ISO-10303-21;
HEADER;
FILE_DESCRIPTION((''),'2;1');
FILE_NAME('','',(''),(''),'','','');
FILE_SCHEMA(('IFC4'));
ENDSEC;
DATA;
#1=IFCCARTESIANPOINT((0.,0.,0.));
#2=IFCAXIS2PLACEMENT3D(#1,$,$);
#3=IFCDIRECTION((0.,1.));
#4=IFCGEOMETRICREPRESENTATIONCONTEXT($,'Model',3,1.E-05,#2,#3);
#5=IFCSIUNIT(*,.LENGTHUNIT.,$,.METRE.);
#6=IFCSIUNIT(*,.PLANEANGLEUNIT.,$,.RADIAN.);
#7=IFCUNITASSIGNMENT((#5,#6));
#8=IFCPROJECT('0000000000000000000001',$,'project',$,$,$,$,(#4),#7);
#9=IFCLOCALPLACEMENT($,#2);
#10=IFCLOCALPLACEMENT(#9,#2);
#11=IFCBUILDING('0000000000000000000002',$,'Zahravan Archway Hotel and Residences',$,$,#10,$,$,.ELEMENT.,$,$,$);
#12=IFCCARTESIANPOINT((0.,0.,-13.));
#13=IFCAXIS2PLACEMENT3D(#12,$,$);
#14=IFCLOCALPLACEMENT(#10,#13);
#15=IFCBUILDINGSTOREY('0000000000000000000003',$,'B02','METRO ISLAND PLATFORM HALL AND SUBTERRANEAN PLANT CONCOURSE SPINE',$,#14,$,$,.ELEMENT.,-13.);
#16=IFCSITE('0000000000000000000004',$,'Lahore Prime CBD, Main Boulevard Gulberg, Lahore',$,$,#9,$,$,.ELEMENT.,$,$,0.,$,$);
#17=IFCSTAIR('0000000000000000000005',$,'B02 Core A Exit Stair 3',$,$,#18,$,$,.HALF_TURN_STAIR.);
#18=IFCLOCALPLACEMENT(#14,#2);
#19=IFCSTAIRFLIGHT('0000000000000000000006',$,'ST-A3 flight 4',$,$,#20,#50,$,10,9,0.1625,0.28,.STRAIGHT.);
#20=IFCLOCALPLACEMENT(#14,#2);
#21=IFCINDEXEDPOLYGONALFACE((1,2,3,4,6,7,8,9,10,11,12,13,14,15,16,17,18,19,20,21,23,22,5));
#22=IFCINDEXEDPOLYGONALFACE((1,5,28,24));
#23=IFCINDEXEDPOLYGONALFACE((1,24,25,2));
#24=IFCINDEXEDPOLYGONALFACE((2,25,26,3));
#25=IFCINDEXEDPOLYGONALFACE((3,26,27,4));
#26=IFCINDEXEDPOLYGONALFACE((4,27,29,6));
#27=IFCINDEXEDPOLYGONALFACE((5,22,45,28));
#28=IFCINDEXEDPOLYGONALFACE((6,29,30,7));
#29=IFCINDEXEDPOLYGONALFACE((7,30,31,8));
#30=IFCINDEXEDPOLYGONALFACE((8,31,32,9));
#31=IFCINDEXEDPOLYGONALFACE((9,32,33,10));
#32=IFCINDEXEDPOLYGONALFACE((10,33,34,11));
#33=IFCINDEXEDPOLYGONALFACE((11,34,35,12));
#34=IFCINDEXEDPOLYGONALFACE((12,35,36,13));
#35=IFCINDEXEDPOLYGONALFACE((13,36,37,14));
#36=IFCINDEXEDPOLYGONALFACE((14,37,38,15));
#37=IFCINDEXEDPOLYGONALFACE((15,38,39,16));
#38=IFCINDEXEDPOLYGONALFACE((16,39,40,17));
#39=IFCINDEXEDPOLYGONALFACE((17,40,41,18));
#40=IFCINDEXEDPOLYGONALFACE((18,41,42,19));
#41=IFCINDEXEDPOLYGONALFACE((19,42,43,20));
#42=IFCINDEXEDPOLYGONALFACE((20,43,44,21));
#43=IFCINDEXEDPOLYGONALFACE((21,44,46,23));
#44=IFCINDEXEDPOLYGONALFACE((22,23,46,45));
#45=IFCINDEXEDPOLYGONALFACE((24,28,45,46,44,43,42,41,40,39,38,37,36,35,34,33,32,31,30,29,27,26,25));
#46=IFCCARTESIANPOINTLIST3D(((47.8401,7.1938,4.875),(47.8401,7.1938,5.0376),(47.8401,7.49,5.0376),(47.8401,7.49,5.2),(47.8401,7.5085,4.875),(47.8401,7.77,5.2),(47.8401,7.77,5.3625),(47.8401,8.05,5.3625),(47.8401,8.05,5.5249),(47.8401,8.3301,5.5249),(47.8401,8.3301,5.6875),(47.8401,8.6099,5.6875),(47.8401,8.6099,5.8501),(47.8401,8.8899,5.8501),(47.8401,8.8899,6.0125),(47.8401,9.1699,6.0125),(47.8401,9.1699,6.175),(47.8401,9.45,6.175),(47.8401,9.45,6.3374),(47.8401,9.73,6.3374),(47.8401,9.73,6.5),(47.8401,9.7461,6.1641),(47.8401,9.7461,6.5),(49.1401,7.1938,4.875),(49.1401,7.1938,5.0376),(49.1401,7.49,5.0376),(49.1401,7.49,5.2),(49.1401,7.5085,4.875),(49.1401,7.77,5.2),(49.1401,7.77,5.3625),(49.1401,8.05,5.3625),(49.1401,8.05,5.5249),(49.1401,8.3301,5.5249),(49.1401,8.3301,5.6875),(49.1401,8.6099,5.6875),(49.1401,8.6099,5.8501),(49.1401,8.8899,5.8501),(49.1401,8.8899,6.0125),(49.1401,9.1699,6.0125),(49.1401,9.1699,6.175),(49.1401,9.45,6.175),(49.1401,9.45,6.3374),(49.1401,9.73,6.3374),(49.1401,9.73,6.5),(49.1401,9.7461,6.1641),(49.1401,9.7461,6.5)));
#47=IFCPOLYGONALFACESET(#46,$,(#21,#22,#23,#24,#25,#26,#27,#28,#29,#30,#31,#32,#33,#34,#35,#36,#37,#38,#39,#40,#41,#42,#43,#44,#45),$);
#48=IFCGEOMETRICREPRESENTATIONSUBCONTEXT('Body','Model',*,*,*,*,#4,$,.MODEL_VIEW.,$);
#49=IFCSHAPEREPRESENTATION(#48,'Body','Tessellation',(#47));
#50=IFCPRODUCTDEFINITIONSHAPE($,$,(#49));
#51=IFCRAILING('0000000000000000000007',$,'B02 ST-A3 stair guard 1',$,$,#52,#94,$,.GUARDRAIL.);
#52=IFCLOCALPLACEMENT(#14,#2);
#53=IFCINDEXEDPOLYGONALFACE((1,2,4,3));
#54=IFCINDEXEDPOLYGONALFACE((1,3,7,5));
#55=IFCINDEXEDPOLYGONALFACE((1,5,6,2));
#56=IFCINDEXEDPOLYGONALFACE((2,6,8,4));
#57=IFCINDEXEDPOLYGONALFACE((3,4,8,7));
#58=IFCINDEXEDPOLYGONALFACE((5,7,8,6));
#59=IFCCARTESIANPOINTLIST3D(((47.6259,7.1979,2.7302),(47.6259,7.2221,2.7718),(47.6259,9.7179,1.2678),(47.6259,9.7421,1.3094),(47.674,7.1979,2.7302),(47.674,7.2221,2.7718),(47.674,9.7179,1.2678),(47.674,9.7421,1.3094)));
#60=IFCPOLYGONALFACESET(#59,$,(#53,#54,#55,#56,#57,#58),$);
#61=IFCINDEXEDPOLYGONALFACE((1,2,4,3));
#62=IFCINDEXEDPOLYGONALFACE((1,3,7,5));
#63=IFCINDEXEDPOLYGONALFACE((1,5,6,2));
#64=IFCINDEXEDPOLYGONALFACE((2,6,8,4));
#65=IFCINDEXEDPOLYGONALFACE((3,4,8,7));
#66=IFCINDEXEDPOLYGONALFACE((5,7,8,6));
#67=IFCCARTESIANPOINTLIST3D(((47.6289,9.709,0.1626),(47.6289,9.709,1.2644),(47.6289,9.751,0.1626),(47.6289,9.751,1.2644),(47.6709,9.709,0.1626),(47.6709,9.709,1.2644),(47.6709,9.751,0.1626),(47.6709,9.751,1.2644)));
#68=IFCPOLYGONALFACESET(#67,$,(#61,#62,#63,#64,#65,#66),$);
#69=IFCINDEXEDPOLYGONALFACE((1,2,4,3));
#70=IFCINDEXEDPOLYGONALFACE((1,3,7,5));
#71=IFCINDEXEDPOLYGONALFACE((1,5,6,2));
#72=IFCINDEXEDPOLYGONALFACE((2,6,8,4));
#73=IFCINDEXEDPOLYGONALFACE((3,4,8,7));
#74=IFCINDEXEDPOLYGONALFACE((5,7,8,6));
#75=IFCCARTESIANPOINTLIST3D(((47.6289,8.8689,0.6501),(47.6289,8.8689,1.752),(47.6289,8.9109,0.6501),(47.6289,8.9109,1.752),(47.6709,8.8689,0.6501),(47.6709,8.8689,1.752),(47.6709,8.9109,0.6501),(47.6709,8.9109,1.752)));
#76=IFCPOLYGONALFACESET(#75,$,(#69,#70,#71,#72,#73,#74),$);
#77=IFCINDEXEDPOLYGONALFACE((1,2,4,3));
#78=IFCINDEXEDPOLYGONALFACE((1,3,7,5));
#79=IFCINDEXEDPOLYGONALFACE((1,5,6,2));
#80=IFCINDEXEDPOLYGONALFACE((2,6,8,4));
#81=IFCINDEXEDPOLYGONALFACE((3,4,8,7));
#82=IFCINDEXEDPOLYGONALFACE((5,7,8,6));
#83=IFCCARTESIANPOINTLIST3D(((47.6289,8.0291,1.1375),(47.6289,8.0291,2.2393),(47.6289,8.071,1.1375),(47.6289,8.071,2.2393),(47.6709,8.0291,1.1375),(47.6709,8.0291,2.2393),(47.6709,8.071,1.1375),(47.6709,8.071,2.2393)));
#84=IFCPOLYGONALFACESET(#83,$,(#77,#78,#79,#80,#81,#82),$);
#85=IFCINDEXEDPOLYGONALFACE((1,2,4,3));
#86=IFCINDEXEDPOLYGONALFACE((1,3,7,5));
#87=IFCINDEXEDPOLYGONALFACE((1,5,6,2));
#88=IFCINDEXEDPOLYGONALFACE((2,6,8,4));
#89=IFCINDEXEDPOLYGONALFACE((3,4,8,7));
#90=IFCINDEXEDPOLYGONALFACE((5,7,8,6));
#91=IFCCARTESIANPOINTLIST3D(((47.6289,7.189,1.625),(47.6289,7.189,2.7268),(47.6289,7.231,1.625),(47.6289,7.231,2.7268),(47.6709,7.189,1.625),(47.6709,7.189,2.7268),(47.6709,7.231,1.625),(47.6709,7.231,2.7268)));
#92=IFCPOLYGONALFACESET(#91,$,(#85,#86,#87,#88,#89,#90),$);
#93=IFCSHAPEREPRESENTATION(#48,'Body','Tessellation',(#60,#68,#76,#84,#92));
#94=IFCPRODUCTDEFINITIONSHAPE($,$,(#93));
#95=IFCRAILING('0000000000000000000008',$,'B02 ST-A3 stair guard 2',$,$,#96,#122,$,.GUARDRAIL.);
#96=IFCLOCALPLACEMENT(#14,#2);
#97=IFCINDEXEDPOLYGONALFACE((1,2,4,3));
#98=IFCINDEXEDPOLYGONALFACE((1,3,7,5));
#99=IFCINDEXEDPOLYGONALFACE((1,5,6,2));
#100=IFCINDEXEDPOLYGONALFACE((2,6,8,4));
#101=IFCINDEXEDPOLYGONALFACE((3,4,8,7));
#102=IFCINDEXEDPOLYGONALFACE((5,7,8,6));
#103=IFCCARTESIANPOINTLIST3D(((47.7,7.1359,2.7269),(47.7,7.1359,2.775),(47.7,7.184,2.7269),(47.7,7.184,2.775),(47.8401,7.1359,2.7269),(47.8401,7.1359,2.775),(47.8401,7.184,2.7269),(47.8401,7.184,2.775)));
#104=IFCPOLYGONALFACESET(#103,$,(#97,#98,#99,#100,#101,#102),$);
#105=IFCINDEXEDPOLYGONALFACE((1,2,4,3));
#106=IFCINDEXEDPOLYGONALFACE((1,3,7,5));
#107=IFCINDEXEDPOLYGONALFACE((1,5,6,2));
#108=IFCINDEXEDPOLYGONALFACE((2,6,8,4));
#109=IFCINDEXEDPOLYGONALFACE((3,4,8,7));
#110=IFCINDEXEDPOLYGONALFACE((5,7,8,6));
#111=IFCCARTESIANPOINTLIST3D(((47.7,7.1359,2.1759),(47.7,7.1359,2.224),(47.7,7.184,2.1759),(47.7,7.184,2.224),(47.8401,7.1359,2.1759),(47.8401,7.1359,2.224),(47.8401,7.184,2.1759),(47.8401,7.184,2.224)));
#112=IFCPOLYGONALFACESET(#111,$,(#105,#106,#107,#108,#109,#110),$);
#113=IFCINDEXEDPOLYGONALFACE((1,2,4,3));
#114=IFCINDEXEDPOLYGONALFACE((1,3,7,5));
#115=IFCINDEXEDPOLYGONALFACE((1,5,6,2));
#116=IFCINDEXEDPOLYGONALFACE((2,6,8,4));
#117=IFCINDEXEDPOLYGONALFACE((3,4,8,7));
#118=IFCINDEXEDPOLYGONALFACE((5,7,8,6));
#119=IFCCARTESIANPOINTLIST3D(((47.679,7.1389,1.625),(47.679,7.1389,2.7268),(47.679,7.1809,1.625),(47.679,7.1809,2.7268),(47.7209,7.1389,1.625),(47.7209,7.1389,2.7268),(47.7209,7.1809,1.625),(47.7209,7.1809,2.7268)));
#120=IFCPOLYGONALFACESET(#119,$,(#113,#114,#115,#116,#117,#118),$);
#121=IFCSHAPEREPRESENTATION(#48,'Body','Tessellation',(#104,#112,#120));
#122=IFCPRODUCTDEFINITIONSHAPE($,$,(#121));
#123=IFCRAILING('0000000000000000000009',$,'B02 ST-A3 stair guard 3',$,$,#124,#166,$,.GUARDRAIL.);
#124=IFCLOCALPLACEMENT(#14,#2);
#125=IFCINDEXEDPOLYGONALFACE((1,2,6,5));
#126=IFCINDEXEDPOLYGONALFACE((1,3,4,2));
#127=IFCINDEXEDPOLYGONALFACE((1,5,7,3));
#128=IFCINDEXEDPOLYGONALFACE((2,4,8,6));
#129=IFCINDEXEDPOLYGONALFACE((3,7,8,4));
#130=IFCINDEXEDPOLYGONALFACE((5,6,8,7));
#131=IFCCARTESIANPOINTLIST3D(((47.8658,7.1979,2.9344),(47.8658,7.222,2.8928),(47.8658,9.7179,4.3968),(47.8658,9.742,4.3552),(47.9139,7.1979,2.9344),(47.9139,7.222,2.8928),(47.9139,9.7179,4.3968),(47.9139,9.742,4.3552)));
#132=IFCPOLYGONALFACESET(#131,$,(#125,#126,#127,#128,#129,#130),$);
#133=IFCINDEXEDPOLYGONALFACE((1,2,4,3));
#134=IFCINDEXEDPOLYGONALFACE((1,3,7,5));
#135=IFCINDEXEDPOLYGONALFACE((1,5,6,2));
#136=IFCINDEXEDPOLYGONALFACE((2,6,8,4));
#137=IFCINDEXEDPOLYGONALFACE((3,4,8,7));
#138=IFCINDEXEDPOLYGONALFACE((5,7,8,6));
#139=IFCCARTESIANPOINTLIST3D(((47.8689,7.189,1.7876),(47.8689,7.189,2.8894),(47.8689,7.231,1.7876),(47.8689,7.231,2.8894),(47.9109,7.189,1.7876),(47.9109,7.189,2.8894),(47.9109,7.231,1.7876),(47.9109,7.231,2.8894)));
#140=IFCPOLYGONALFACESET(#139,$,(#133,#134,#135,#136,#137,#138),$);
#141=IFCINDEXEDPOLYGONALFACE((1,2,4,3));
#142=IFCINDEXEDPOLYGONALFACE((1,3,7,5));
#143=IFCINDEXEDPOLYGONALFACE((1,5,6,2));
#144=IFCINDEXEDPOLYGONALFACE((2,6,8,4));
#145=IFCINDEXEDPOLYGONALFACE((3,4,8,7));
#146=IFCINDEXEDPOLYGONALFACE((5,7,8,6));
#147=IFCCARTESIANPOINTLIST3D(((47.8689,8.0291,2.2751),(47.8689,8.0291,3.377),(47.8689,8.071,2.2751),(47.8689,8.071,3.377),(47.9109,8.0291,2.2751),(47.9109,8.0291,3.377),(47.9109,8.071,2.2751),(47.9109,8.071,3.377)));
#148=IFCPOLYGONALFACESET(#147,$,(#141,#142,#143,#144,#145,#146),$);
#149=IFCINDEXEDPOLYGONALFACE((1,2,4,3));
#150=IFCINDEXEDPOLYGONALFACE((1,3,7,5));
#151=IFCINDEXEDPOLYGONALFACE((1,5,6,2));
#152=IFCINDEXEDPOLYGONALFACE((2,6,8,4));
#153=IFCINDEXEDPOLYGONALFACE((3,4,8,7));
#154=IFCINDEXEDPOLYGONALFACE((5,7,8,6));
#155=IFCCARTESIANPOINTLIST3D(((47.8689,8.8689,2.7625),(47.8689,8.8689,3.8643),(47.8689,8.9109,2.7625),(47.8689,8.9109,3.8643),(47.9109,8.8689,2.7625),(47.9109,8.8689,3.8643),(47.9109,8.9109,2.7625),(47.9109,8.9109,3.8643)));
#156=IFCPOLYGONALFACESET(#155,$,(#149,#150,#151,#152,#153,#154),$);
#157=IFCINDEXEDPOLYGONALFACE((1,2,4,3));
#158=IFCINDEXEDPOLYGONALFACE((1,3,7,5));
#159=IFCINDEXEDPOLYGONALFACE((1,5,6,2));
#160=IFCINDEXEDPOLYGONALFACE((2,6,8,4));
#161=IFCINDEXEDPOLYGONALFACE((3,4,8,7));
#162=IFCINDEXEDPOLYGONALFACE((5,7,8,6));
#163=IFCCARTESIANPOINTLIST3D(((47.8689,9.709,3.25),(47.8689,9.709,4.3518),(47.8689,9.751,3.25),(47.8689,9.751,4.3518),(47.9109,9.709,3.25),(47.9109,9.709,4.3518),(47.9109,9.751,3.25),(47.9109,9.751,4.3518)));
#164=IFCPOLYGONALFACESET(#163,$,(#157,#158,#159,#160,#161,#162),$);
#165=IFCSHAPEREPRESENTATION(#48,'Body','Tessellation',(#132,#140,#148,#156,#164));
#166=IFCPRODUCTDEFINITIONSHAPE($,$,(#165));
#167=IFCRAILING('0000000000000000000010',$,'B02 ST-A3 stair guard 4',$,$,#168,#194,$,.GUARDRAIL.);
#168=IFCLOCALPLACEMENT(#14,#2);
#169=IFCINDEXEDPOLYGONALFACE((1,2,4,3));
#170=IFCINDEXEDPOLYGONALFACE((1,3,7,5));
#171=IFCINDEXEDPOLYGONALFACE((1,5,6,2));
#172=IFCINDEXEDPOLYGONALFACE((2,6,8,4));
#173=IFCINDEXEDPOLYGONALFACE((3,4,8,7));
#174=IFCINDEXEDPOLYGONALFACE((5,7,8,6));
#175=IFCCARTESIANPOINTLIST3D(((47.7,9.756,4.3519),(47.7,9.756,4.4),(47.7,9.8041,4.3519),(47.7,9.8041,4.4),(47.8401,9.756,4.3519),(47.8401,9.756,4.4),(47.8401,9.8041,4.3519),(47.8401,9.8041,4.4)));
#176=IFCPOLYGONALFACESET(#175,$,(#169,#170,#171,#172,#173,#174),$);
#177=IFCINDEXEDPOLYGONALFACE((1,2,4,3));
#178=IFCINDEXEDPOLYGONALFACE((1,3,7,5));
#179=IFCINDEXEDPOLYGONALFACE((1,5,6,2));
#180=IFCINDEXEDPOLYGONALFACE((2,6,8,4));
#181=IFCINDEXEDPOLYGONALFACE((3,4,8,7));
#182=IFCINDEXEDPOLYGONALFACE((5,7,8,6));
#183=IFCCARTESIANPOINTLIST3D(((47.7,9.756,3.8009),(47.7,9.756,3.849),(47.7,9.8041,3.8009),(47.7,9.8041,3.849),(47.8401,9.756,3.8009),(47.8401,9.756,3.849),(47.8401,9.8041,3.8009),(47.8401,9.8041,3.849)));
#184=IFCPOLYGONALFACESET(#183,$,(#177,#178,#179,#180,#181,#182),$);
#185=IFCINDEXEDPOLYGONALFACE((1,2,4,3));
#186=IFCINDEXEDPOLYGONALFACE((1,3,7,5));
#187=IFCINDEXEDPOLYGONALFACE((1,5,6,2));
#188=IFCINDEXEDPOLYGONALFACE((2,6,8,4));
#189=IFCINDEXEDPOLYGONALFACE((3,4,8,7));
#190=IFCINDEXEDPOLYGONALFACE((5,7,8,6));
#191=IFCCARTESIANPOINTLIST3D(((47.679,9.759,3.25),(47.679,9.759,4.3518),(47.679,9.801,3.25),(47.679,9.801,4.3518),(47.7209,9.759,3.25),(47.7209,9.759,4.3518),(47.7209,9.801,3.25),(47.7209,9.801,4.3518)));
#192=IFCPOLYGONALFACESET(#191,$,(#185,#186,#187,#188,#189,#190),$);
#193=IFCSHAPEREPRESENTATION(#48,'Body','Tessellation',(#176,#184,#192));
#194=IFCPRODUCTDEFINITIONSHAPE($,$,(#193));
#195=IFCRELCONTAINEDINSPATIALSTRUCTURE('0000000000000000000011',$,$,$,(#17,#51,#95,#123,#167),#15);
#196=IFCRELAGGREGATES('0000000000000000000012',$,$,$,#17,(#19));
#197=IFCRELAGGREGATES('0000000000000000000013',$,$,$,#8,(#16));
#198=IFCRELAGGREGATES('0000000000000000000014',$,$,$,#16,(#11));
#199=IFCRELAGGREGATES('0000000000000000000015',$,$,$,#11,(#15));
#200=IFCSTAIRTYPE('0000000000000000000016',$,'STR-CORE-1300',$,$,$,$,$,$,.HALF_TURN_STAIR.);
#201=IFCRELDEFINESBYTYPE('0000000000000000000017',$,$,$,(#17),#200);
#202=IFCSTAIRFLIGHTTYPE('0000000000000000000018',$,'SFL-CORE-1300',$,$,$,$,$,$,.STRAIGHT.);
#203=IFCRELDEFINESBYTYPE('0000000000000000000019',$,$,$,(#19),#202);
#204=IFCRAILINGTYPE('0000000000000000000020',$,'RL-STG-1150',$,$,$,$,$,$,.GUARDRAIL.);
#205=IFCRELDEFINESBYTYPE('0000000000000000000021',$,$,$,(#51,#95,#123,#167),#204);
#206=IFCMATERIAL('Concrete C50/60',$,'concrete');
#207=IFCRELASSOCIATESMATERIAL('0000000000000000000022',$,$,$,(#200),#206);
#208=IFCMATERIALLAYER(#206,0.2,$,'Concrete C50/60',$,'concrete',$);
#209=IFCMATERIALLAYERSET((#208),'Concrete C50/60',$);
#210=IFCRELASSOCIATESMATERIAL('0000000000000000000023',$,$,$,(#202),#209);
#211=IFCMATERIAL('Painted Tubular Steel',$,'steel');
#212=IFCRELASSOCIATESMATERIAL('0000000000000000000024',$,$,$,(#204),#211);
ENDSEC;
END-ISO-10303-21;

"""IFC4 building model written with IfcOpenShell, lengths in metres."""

from ifc_helpers import new_model, si_unit, direction, frame, origin, origin_2d, place, context, subcontext, project, spatial, polyline, rectangle, outline, extrude, source, transform, mapped, material, layer, layer_set, type_object, type_shapes, element, aggregate, save


model = new_model("IFC4")

# Units and contexts
model_context = context("Model", 3, precision=1e-05, world=origin(), true_north=direction((0.0, 1.0)))
body_context = subcontext(model_context, "Body", "Model", "MODEL_VIEW")
ifc_project = project(units=[si_unit("LENGTHUNIT", "METRE"), si_unit("PLANEANGLEUNIT", "RADIAN")], contexts=[model_context])

# Site, building, storey
site_placement = place(None, origin())
site = spatial("IfcSite", under=ifc_project, at=site_placement, Name="Lahore Prime CBD, Main Boulevard Gulberg, Lahore", CompositionType="ELEMENT", RefElevation=0.0)
building_placement = place(site_placement, origin())
building = spatial("IfcBuilding", under=site, at=building_placement, Name="Zahravan Archway Hotel and Residences", CompositionType="ELEMENT")
storey_placement = place(building_placement, frame((0.0, 0.0, -13.0)))
storey = spatial("IfcBuildingStorey", under=building, at=storey_placement, Name="B02", Description="METRO ISLAND PLATFORM HALL AND SUBTERRANEAN PLANT CONCOURSE SPINE", CompositionType="ELEMENT", Elevation=-13.0)

# Shared definitions
ifc_material_1 = material(Name="Concrete C50/60", Category="concrete")

# Stair, stair flight
stair_type = type_object("IfcStairType", Name="STR-CORE-1300", PredefinedType="HALF_TURN_STAIR", material=ifc_material_1)
ifc_layer_1 = layer(ifc_material_1, 0.2, Name="Concrete C50/60", Category="concrete")
ifc_layer_set_1 = layer_set([ifc_layer_1], Name="Concrete C50/60")
stair_flight_type = type_object("IfcStairFlightType", Name="SFL-CORE-1300", PredefinedType="STRAIGHT", material=ifc_layer_set_1)
shared_shape_1 = source(origin(), body_context, "Body", "SweptSolid", [
    extrude(outline(polyline([(-0.0161, 0.0), (-0.0161, 0.1626), (0.28, 0.1626), (0.28, 0.325), (0.5601, 0.325), (0.5601, 0.4875), (0.8401, 0.4875), (0.8401, 0.6499), (1.1201, 0.6499), (1.1201, 0.8125), (1.3999, 0.8125), (1.3999, 0.9751), (1.6799, 0.9751), (1.6799, 1.1375), (1.96, 1.1375), (1.96, 1.3), (2.24, 1.3), (2.24, 1.4624), (2.52, 1.4624), (2.52, 1.625), (2.5361, 1.625), (2.5361, 1.2891), (0.2986, 0.0), (-0.0161, 0.0)])), frame((0.0, 0.6499, 0.0), z_axis=(0.0, -1.0, 0.0), x_axis=(1.0, 0.0, 0.0)), (0.0, 0.0, 1.0), 1.3),
])
type_shapes(stair_flight_type, [shared_shape_1])
stair_1_placement = place(storey_placement, origin())
stair_1 = element("IfcStair", 1, at=stair_1_placement, inside=storey, type_object=stair_type, Name="B02 Core A Exit Stair 3", PredefinedType="HALF_TURN_STAIR")
stair_flight_1_placement = place(storey_placement, frame((48.49, 7.21, 4.875), z_axis=(0.0, 0.0, 1.0), x_axis=(0.0, 1.0, 0.0)))
stair_flight_1 = element("IfcStairFlight", 2, at=stair_flight_1_placement, type_object=stair_flight_type, Name="ST-A3 flight 4", NumberOfRisers=10, NumberOfTreads=9, PredefinedType="STRAIGHT", RiserHeight=0.1625, TreadLength=0.28, context=body_context, shape_type="MappedRepresentation", body=[
    mapped(shared_shape_1, transform((0.0, 0.0, 0.0), scale=1.0)),
])
aggregate(stair_1, [stair_flight_1])

# Railings
ifc_material_2 = material(Name="Painted Tubular Steel", Category="steel")
railing_type_1 = type_object("IfcRailingType", Name="RL-STG-1150", PredefinedType="GUARDRAIL", material=ifc_material_2)
railing_1_placement = place(storey_placement, frame((47.6499, 9.73, 0.1626)))
element("IfcRailing", 3, at=railing_1_placement, inside=storey, type_object=railing_type_1, Name="B02 ST-A3 stair guard 1", PredefinedType="GUARDRAIL", context=body_context, shape_type="SweptSolid", body=[
    extrude(rectangle(XDim=0.0481, YDim=0.0481, at=origin_2d()), frame((0.0, 0.0, 1.126), z_axis=(0.0, -0.864913, 0.501921), x_axis=(1.0, 0.0, 0.0)), (0.0, 0.0, 1.0), 2.9136),
    extrude(rectangle(XDim=0.042, YDim=0.042, at=origin_2d()), origin(), (0.0, 0.0, 1.0), 1.1018),
    extrude(rectangle(XDim=0.042, YDim=0.042, at=origin_2d()), frame((0.0, -0.8401, 0.4875)), (0.0, 0.0, 1.0), 1.1018),
    extrude(rectangle(XDim=0.042, YDim=0.042, at=origin_2d()), frame((0.0, -1.6799, 0.9749)), (0.0, 0.0, 1.0), 1.1018),
    extrude(rectangle(XDim=0.042, YDim=0.042, at=origin_2d()), frame((0.0, -2.52, 1.4624)), (0.0, 0.0, 1.0), 1.1018),
])
railing_2_placement = place(storey_placement, frame((47.7, 7.1599, 1.625)))
element("IfcRailing", 4, at=railing_2_placement, inside=storey, type_object=railing_type_1, Name="B02 ST-A3 stair guard 2", PredefinedType="GUARDRAIL", context=body_context, shape_type="SweptSolid", body=[
    extrude(rectangle(XDim=0.0481, YDim=0.0481, at=origin_2d()), frame((0.0, 0.0, 1.126), z_axis=(1.0, 0.0, 0.0), x_axis=(0.0, 1.0, 0.0)), (0.0, 0.0, 1.0), 0.1401),
    extrude(rectangle(XDim=0.0481, YDim=0.0481, at=origin_2d()), frame((0.0, 0.0, 0.575), z_axis=(1.0, 0.0, 0.0), x_axis=(0.0, 1.0, 0.0)), (0.0, 0.0, 1.0), 0.1401),
    extrude(rectangle(XDim=0.042, YDim=0.042, at=origin_2d()), origin(), (0.0, 0.0, 1.0), 1.1018),
])
railing_3_placement = place(storey_placement, frame((47.8899, 7.21, 1.7876)))
element("IfcRailing", 5, at=railing_3_placement, inside=storey, type_object=railing_type_1, Name="B02 ST-A3 stair guard 3", PredefinedType="GUARDRAIL", context=body_context, shape_type="SweptSolid", body=[
    extrude(rectangle(XDim=0.0481, YDim=0.0481, at=origin_2d()), frame((0.0, 0.0, 1.126), z_axis=(0.0, 0.864913, 0.501921), x_axis=(-1.0, 0.0, 0.0)), (0.0, 0.0, 1.0), 2.9136),
    extrude(rectangle(XDim=0.042, YDim=0.042, at=origin_2d()), origin(), (0.0, 0.0, 1.0), 1.1018),
    extrude(rectangle(XDim=0.042, YDim=0.042, at=origin_2d()), frame((0.0, 0.8401, 0.4875)), (0.0, 0.0, 1.0), 1.1018),
    extrude(rectangle(XDim=0.042, YDim=0.042, at=origin_2d()), frame((0.0, 1.6799, 0.9749)), (0.0, 0.0, 1.0), 1.1018),
    extrude(rectangle(XDim=0.042, YDim=0.042, at=origin_2d()), frame((0.0, 2.52, 1.4624)), (0.0, 0.0, 1.0), 1.1018),
])
railing_4_placement = place(storey_placement, frame((47.7, 9.78, 3.25)))
element("IfcRailing", 6, at=railing_4_placement, inside=storey, type_object=railing_type_1, Name="B02 ST-A3 stair guard 4", PredefinedType="GUARDRAIL", context=body_context, shape_type="SweptSolid", body=[
    extrude(rectangle(XDim=0.0481, YDim=0.0481, at=origin_2d()), frame((0.0, 0.0, 1.126), z_axis=(1.0, 0.0, 0.0), x_axis=(0.0, 1.0, 0.0)), (0.0, 0.0, 1.0), 0.1401),
    extrude(rectangle(XDim=0.0481, YDim=0.0481, at=origin_2d()), frame((0.0, 0.0, 0.575), z_axis=(1.0, 0.0, 0.0), x_axis=(0.0, 1.0, 0.0)), (0.0, 0.0, 1.0), 0.1401),
    extrude(rectangle(XDim=0.042, YDim=0.042, at=origin_2d()), origin(), (0.0, 0.0, 1.0), 1.1018),
])

save(model, "model.ifc")
